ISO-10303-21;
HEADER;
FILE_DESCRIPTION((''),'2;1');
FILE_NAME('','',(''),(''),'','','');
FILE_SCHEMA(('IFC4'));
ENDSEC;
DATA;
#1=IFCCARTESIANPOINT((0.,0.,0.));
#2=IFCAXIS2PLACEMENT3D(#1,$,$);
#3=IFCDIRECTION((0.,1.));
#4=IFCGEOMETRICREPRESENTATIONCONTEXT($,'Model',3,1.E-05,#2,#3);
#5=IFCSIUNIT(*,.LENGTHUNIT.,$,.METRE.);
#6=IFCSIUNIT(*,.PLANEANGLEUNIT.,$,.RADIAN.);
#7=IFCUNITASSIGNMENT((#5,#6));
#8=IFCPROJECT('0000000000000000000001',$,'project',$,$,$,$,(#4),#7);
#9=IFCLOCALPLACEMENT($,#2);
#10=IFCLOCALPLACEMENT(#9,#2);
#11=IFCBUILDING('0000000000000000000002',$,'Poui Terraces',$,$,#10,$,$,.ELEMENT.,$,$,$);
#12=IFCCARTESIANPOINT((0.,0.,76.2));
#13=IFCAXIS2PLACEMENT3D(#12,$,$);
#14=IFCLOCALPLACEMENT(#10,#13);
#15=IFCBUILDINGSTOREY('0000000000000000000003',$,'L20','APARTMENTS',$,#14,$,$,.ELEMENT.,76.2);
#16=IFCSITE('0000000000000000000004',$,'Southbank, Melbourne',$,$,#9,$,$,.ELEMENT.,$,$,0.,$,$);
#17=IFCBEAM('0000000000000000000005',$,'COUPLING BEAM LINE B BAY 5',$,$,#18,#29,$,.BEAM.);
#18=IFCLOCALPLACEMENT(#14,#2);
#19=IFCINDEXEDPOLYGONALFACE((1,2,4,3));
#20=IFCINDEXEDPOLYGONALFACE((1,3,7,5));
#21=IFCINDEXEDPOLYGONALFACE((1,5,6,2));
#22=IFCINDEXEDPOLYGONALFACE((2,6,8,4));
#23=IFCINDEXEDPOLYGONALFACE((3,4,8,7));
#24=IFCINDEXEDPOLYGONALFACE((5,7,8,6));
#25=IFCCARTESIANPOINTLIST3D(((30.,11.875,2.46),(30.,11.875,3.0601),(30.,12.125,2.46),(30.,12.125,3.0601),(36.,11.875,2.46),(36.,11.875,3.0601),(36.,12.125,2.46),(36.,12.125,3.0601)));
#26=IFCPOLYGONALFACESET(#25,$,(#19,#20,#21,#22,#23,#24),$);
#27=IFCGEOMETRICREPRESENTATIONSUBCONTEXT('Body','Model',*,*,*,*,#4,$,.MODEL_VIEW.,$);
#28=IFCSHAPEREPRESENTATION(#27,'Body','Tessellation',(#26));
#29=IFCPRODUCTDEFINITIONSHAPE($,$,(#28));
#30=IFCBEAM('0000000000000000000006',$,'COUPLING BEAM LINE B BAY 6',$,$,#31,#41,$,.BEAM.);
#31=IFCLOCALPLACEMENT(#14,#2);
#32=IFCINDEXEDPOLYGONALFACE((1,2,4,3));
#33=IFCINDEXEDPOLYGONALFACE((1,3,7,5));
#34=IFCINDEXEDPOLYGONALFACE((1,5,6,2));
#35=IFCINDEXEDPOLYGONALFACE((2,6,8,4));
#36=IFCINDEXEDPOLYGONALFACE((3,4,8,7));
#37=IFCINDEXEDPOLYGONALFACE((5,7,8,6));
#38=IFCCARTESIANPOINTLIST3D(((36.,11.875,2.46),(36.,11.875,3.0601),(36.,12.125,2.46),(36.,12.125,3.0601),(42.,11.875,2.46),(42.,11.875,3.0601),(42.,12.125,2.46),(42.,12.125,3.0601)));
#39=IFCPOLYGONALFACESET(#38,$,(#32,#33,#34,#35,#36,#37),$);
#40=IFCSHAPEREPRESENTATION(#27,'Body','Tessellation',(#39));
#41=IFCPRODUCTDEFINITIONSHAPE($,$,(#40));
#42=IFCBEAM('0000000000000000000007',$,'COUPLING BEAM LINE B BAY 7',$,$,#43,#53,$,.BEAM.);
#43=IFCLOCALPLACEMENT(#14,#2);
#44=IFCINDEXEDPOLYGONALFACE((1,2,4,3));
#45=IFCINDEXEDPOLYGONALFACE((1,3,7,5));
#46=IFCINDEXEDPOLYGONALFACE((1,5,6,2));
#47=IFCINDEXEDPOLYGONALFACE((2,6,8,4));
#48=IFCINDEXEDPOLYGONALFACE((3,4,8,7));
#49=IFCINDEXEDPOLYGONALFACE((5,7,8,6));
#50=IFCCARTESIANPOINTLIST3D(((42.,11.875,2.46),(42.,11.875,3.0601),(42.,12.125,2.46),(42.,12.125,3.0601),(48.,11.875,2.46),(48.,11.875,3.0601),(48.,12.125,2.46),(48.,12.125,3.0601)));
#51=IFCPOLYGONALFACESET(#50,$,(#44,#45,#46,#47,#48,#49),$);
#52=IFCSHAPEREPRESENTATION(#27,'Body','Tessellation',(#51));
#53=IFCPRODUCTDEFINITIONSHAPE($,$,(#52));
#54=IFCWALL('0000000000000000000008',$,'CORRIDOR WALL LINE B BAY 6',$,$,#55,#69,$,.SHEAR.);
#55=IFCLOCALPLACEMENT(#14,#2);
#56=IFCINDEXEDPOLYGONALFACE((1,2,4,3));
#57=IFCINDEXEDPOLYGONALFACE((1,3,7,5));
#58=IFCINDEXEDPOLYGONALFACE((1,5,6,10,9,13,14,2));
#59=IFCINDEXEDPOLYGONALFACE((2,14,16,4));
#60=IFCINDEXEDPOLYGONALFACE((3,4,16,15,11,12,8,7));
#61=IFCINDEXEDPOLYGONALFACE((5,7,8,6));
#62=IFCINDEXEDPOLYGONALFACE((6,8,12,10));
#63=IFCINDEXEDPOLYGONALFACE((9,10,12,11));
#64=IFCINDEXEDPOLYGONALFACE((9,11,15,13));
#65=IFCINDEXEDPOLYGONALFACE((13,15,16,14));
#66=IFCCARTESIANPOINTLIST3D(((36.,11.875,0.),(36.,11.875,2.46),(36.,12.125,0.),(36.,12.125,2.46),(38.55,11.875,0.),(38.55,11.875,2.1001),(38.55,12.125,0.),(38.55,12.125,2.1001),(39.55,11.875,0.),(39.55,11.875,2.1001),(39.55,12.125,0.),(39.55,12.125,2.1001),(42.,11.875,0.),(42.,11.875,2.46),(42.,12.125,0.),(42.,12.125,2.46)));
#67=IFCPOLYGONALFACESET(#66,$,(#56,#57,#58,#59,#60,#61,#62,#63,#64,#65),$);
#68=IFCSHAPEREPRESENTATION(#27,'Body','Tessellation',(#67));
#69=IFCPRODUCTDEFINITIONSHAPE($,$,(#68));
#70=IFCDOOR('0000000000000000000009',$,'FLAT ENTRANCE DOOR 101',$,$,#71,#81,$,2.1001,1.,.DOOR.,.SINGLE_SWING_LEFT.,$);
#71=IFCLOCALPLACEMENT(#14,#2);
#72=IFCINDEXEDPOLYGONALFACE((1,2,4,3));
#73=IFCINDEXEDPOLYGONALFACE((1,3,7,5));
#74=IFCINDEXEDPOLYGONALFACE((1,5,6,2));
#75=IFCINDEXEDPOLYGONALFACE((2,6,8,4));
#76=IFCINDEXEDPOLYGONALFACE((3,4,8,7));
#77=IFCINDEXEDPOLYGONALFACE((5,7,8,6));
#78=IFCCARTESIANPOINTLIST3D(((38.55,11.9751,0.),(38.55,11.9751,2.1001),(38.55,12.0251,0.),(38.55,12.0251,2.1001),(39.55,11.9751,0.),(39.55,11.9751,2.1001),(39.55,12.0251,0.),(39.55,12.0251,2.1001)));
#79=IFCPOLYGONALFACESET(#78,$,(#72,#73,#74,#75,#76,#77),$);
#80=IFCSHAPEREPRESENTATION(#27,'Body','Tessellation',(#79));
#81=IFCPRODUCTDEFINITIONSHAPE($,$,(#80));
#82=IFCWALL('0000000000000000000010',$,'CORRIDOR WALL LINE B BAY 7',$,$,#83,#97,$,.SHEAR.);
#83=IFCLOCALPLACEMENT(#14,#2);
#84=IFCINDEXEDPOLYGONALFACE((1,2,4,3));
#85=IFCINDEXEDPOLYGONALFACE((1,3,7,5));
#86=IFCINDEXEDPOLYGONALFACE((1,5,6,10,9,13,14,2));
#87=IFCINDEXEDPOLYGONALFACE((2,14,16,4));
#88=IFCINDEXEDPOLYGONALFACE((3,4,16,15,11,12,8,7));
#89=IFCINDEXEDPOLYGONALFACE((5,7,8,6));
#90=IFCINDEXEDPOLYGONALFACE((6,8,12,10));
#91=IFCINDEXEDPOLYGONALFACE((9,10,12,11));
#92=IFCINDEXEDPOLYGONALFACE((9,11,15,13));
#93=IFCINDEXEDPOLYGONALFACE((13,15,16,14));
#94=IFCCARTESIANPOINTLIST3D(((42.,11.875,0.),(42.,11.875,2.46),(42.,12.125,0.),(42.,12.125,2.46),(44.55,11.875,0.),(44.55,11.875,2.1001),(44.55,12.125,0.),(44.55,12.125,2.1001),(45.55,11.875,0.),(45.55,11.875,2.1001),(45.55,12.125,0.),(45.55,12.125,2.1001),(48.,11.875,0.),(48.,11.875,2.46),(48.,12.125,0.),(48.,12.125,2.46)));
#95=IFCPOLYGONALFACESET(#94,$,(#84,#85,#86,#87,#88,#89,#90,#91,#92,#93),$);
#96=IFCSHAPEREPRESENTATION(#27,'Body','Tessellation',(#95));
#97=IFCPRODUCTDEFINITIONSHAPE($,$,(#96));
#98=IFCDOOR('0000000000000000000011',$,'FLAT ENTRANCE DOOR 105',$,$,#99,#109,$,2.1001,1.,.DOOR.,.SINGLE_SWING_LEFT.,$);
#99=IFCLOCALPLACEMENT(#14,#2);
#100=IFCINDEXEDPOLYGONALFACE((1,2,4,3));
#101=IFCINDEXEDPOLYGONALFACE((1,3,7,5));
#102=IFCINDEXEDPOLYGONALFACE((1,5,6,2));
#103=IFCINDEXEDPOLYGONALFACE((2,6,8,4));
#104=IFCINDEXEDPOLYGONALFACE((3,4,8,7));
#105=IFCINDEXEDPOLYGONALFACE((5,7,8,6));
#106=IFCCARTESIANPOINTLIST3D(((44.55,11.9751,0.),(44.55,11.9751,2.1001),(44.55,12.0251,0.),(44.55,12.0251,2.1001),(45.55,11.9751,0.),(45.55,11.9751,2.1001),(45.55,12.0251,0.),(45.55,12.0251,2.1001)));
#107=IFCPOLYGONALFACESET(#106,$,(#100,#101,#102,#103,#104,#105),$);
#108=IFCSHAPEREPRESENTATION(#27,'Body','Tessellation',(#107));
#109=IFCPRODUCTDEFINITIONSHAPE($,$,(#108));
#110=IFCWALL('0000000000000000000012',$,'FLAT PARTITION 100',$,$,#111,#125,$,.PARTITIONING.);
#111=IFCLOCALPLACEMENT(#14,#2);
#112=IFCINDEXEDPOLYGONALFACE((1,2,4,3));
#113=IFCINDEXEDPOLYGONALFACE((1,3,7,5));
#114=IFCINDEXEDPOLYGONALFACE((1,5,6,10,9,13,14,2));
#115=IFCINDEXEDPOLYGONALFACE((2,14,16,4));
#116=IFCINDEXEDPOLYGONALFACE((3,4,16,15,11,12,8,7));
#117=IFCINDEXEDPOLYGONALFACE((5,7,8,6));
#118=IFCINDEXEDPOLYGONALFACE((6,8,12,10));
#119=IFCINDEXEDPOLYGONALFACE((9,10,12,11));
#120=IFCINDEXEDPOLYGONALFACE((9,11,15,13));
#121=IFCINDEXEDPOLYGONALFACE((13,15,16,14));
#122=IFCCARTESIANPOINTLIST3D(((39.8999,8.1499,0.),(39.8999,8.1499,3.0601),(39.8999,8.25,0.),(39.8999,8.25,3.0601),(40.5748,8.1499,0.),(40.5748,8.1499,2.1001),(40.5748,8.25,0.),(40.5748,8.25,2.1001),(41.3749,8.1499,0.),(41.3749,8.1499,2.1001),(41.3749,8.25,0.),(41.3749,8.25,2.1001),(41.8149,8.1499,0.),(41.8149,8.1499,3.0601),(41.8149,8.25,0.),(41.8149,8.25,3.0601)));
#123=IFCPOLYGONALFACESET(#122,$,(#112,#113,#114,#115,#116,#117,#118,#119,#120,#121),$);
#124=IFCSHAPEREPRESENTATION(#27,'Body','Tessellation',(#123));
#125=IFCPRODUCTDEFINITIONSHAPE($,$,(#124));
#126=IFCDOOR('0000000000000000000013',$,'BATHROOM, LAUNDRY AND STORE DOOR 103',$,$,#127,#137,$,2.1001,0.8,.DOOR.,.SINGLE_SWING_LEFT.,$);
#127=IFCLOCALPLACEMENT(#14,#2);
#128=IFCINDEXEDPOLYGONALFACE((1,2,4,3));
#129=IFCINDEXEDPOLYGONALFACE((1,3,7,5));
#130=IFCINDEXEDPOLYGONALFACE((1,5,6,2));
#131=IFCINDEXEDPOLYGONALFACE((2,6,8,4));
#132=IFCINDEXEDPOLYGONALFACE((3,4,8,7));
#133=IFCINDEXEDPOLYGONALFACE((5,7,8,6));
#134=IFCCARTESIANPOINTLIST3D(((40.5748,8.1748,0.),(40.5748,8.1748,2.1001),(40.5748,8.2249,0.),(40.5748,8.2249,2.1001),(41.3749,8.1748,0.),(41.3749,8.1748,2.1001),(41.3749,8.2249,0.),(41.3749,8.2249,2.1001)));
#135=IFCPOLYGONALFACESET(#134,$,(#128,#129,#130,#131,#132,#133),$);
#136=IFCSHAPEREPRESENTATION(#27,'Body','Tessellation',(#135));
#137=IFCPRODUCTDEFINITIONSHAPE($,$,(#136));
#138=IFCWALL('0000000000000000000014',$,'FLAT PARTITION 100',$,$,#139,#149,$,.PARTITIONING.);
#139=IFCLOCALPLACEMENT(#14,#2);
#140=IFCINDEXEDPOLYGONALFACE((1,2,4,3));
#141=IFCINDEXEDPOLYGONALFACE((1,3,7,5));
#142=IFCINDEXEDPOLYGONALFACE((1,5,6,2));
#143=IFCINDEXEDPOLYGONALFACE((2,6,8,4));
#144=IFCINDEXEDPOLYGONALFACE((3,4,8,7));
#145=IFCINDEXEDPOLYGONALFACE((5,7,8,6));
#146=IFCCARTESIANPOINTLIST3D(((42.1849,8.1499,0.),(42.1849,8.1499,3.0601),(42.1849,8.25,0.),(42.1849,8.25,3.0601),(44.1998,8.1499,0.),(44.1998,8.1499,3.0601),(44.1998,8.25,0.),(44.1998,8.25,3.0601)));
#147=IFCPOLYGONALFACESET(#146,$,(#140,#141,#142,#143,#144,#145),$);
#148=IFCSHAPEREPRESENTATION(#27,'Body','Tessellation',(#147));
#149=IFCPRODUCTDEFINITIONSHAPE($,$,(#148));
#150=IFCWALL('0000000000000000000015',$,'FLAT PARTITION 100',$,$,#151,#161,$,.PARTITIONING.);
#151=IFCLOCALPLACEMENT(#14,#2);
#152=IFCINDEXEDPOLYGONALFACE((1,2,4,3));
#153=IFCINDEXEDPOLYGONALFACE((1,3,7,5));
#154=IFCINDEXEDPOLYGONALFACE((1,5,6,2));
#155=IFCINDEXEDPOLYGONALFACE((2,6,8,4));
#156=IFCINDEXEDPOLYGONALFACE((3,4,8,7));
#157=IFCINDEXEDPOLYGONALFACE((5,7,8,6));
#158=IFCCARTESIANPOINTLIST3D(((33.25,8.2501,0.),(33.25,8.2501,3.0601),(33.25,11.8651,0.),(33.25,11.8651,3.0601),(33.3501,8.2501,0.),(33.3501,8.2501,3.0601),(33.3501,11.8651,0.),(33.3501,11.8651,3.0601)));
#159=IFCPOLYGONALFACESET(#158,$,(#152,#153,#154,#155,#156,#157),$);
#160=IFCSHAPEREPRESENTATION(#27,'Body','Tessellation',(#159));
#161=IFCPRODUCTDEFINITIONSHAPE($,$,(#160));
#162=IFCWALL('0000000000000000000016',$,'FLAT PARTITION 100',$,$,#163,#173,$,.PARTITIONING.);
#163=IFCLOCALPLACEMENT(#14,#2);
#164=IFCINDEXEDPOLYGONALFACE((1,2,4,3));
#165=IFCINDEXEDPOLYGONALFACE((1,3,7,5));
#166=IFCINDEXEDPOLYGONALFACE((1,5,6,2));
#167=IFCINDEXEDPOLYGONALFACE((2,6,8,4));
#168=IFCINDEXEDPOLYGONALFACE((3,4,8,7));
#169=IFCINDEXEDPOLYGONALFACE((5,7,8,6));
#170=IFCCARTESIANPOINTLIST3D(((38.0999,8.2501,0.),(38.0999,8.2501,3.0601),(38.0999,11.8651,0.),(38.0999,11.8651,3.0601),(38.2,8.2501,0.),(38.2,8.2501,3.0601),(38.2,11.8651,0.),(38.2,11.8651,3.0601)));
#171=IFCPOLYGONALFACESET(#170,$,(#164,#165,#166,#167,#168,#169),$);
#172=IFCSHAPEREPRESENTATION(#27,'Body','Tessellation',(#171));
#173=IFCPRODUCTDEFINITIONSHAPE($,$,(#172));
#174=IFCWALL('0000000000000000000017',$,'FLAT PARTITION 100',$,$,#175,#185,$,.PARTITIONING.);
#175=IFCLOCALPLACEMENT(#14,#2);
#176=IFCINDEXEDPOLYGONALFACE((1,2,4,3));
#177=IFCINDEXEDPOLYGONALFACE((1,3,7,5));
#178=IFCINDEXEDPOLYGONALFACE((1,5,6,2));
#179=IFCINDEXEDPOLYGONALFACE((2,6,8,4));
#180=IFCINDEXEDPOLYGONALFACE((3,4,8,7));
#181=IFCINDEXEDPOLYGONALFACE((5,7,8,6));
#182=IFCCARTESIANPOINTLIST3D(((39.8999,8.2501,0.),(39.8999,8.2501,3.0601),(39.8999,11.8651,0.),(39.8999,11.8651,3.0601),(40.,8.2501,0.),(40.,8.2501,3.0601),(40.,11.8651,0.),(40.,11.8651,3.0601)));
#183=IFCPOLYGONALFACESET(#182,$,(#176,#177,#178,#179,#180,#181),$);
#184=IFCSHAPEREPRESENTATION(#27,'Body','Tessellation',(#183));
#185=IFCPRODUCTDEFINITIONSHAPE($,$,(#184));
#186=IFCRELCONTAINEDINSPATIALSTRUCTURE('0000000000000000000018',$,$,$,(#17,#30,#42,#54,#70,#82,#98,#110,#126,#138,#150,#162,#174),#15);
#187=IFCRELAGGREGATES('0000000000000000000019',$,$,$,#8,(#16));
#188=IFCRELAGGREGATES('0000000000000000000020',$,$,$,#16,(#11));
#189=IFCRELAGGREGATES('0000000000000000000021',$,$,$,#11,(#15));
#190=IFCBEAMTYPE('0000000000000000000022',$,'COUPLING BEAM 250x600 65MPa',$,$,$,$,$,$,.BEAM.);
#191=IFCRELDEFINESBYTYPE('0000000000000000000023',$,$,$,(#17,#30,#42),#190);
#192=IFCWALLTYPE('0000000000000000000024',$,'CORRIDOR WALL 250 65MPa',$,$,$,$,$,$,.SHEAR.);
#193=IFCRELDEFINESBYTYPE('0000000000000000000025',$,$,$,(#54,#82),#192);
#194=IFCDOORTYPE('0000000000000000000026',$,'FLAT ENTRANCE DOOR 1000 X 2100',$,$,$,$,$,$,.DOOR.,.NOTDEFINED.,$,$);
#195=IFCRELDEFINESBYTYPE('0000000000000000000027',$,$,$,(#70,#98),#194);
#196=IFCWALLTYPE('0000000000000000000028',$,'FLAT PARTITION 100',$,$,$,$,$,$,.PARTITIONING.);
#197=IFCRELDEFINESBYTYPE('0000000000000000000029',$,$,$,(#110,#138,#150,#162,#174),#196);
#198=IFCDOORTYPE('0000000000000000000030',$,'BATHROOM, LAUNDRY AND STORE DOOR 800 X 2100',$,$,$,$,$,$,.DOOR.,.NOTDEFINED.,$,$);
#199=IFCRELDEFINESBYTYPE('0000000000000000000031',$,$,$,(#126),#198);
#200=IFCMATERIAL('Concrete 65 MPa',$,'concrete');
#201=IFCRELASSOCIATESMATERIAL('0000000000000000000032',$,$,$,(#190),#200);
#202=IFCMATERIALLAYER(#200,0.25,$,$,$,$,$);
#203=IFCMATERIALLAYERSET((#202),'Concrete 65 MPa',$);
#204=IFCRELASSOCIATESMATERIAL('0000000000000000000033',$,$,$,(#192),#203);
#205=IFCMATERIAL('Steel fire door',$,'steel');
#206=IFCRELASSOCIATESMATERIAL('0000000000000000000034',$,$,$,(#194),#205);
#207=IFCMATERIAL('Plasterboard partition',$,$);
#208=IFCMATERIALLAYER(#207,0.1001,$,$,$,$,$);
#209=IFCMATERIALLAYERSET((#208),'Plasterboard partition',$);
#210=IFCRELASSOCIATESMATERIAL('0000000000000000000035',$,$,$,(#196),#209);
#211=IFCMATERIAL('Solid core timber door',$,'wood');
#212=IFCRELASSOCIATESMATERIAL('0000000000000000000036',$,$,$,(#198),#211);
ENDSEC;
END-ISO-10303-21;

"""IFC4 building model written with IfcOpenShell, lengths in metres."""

from ifc_helpers import new_model, si_unit, direction, frame, frame_2d, origin, origin_2d, place, context, subcontext, project, spatial, rectangle, extrude, source, transform, mapped, material, layer, layer_set, material_profile, profile_set, type_object, element, fill, save


model = new_model("IFC4")

# Units and contexts
model_context = context("Model", 3, precision=1e-05, world=origin(), true_north=direction((0.0, 1.0)))
body_context = subcontext(model_context, "Body", "Model", "MODEL_VIEW")
ifc_project = project(units=[si_unit("LENGTHUNIT", "METRE"), si_unit("PLANEANGLEUNIT", "RADIAN")], contexts=[model_context])

# Site, building, storey
site_placement = place(None, origin())
site = spatial("IfcSite", under=ifc_project, at=site_placement, Name="Southbank, Melbourne", CompositionType="ELEMENT", RefElevation=0.0)
building_placement = place(site_placement, origin())
building = spatial("IfcBuilding", under=site, at=building_placement, Name="Poui Terraces", CompositionType="ELEMENT")
storey_placement = place(building_placement, frame((0.0, 0.0, 76.2)))
storey = spatial("IfcBuildingStorey", under=building, at=storey_placement, Name="L20", Description="APARTMENTS", CompositionType="ELEMENT", Elevation=76.2)

# Beams
ifc_material_1 = material(Name="Concrete 65 MPa", Category="concrete")
ifc_material_profile = material_profile(ifc_material_1, rectangle(XDim=0.25, YDim=0.6001, at=origin_2d()), Name="RC 250x600")
ifc_profile_set = profile_set([ifc_material_profile], Name="Concrete 65 MPa")
beam_type = type_object("IfcBeamType", Name="COUPLING BEAM 250x600 65MPa", PredefinedType="BEAM", material=ifc_profile_set)
shared_shape = source(origin(), body_context, "Body", "SweptSolid", [
    extrude(rectangle(XDim=0.25, YDim=0.6001, at=origin_2d()), origin(), (0.0, 0.0, 1.0), 6.0),
])
for number, where, z_axis, x_axis, name in (
    (1, (30.0, 12.0, 2.76), (1.0, 0.0, 0.0), (0.0, 1.0, 0.0), "COUPLING BEAM LINE B BAY 5"),
    (2, (36.0, 12.0, 2.76), (1.0, 0.0, 0.0), (0.0, 1.0, 0.0), "COUPLING BEAM LINE B BAY 6"),
    (3, (42.0, 12.0, 2.76), (1.0, 0.0, 0.0), (0.0, 1.0, 0.0), "COUPLING BEAM LINE B BAY 7"),
):
    element("IfcBeam", number, at=place(storey_placement, frame(where, z_axis=z_axis, x_axis=x_axis)), inside=storey, type_object=beam_type, Name=name, PredefinedType="BEAM", context=body_context, shape_type="MappedRepresentation", body=[
        mapped(shared_shape, transform((0.0, 0.0, 0.0))),
    ])

# Walls, openings, doors
ifc_layer_1 = layer(ifc_material_1, 0.25)
ifc_layer_set_1 = layer_set([ifc_layer_1], Name="Concrete 65 MPa")
wall_type_1 = type_object("IfcWallType", Name="CORRIDOR WALL 250 65MPa", PredefinedType="SHEAR", material=ifc_layer_set_1)
wall_1_placement = place(storey_placement, frame((36.0, 12.0, 0.0), z_axis=(0.0, 0.0, 1.0), x_axis=(1.0, 0.0, 0.0)))
wall_1 = element("IfcWall", 4, at=wall_1_placement, inside=storey, type_object=wall_type_1, Name="CORRIDOR WALL LINE B BAY 6", PredefinedType="SHEAR", context=body_context, shape_type="SweptSolid", body=[
    extrude(rectangle(XDim=6.0, YDim=0.25, at=frame_2d((3.0, 0.0))), origin(), (0.0, 0.0, 1.0), 2.46),
])
opening_1_placement = place(wall_1_placement, frame((2.55, 0.0, 0.0)))
opening_1 = element("IfcOpeningElement", 5, at=opening_1_placement, cuts=wall_1, PredefinedType="OPENING", context=body_context, shape_type="SweptSolid", body=[
    extrude(rectangle(XDim=1.0, YDim=2.1001, at=frame_2d((0.5, 1.05))), frame((0.0, 0.135, 0.0), z_axis=(0.0, -1.0, 0.0), x_axis=(1.0, 0.0, 0.0)), (0.0, 0.0, 1.0), 0.27),
])
ifc_material_2 = material(Name="Steel fire door", Category="steel")
door_type_1 = type_object("IfcDoorType", Name="FLAT ENTRANCE DOOR 1000 X 2100", OperationType="NOTDEFINED", PredefinedType="DOOR", material=ifc_material_2)
door_1_placement = place(opening_1_placement, frame((1.0, 0.0, 0.0), z_axis=(0.0, 0.0, 1.0), x_axis=(-1.0, 0.0, 0.0)))
door_1 = element("IfcDoor", 6, at=door_1_placement, inside=storey, type_object=door_type_1, Name="FLAT ENTRANCE DOOR 101", OperationType="SINGLE_SWING_LEFT", OverallHeight=2.1001, OverallWidth=1.0, PredefinedType="DOOR", context=body_context, shape_type="SweptSolid", body=[
    extrude(rectangle(XDim=1.0, YDim=2.1001, at=frame_2d((0.5, 1.05))), frame((0.0, 0.0249, 0.0), z_axis=(0.0, -1.0, 0.0), x_axis=(1.0, 0.0, 0.0)), (0.0, 0.0, 1.0), 0.05),
])
fill(opening_1, door_1)
wall_2_placement = place(storey_placement, frame((42.0, 12.0, 0.0), z_axis=(0.0, 0.0, 1.0), x_axis=(1.0, 0.0, 0.0)))
wall_2 = element("IfcWall", 7, at=wall_2_placement, inside=storey, type_object=wall_type_1, Name="CORRIDOR WALL LINE B BAY 7", PredefinedType="SHEAR", context=body_context, shape_type="SweptSolid", body=[
    extrude(rectangle(XDim=6.0, YDim=0.25, at=frame_2d((3.0, 0.0))), origin(), (0.0, 0.0, 1.0), 2.46),
])
opening_2_placement = place(wall_2_placement, frame((2.55, 0.0, 0.0)))
opening_2 = element("IfcOpeningElement", 8, at=opening_2_placement, cuts=wall_2, PredefinedType="OPENING", context=body_context, shape_type="SweptSolid", body=[
    extrude(rectangle(XDim=1.0, YDim=2.1001, at=frame_2d((0.5, 1.05))), frame((0.0, 0.135, 0.0), z_axis=(0.0, -1.0, 0.0), x_axis=(1.0, 0.0, 0.0)), (0.0, 0.0, 1.0), 0.27),
])
door_2_placement = place(opening_2_placement, frame((1.0, 0.0, 0.0), z_axis=(0.0, 0.0, 1.0), x_axis=(-1.0, 0.0, 0.0)))
door_2 = element("IfcDoor", 9, at=door_2_placement, inside=storey, type_object=door_type_1, Name="FLAT ENTRANCE DOOR 105", OperationType="SINGLE_SWING_LEFT", OverallHeight=2.1001, OverallWidth=1.0, PredefinedType="DOOR", context=body_context, shape_type="SweptSolid", body=[
    extrude(rectangle(XDim=1.0, YDim=2.1001, at=frame_2d((0.5, 1.05))), frame((0.0, 0.0249, 0.0), z_axis=(0.0, -1.0, 0.0), x_axis=(1.0, 0.0, 0.0)), (0.0, 0.0, 1.0), 0.05),
])
fill(opening_2, door_2)
ifc_material_3 = material(Name="Plasterboard partition")
ifc_layer_2 = layer(ifc_material_3, 0.1001)
ifc_layer_set_2 = layer_set([ifc_layer_2], Name="Plasterboard partition")
wall_type_2 = type_object("IfcWallType", Name="FLAT PARTITION 100", PredefinedType="PARTITIONING", material=ifc_layer_set_2)
wall_3_placement = place(storey_placement, frame((39.8999, 8.2, 0.0), z_axis=(0.0, 0.0, 1.0), x_axis=(1.0, 0.0, 0.0)))
wall_3 = element("IfcWall", 10, at=wall_3_placement, inside=storey, type_object=wall_type_2, Name="FLAT PARTITION 100", PredefinedType="PARTITIONING", context=body_context, shape_type="SweptSolid", body=[
    extrude(rectangle(XDim=1.915, YDim=0.1001, at=frame_2d((0.9575, 0.0))), origin(), (0.0, 0.0, 1.0), 3.0601),
])
opening_3_placement = place(wall_3_placement, frame((0.675, 0.0, 0.0)))
opening_3 = element("IfcOpeningElement", 11, at=opening_3_placement, cuts=wall_3, PredefinedType="OPENING", context=body_context, shape_type="SweptSolid", body=[
    extrude(rectangle(XDim=0.8, YDim=2.1001, at=frame_2d((0.3999, 1.05))), frame((0.0, 0.0601, 0.0), z_axis=(0.0, -1.0, 0.0), x_axis=(1.0, 0.0, 0.0)), (0.0, 0.0, 1.0), 0.1201),
])
ifc_material_4 = material(Name="Solid core timber door", Category="wood")
door_type_2 = type_object("IfcDoorType", Name="BATHROOM, LAUNDRY AND STORE DOOR 800 X 2100", OperationType="NOTDEFINED", PredefinedType="DOOR", material=ifc_material_4)
door_3_placement = place(opening_3_placement, origin())
door_3 = element("IfcDoor", 12, at=door_3_placement, inside=storey, type_object=door_type_2, Name="BATHROOM, LAUNDRY AND STORE DOOR 103", OperationType="SINGLE_SWING_LEFT", OverallHeight=2.1001, OverallWidth=0.8, PredefinedType="DOOR", context=body_context, shape_type="SweptSolid", body=[
    extrude(rectangle(XDim=0.8, YDim=2.1001, at=frame_2d((0.3999, 1.05))), frame((0.0, 0.0249, 0.0), z_axis=(0.0, -1.0, 0.0), x_axis=(1.0, 0.0, 0.0)), (0.0, 0.0, 1.0), 0.05),
])
fill(opening_3, door_3)

# Walls
wall_4_placement = place(storey_placement, frame((42.1851, 8.2, 0.0), z_axis=(0.0, 0.0, 1.0), x_axis=(1.0, 0.0, 0.0)))
element("IfcWall", 13, at=wall_4_placement, inside=storey, type_object=wall_type_2, Name="FLAT PARTITION 100", PredefinedType="PARTITIONING", context=body_context, shape_type="SweptSolid", body=[
    extrude(rectangle(XDim=2.0149, YDim=0.1001, at=frame_2d((1.0073, 0.0))), origin(), (0.0, 0.0, 1.0), 3.0601),
])
for number, where, z_axis, x_axis, name in (
    (14, (33.3, 8.25, 0.0), (0.0, 0.0, 1.0), (0.0, 1.0, 0.0), "FLAT PARTITION 100"),
    (15, (38.1499, 8.25, 0.0), (0.0, 0.0, 1.0), (0.0, 1.0, 0.0), "FLAT PARTITION 100"),
    (16, (39.95, 8.25, 0.0), (0.0, 0.0, 1.0), (0.0, 1.0, 0.0), "FLAT PARTITION 100"),
):
    element("IfcWall", number, at=place(storey_placement, frame(where, z_axis=z_axis, x_axis=x_axis)), inside=storey, type_object=wall_type_2, Name=name, PredefinedType="PARTITIONING", context=body_context, shape_type="SweptSolid", body=[
        extrude(rectangle(XDim=3.615, YDim=0.1001, at=frame_2d((1.8076, 0.0))), origin(), (0.0, 0.0, 1.0), 3.0601),
    ])

save(model, "model.ifc")
